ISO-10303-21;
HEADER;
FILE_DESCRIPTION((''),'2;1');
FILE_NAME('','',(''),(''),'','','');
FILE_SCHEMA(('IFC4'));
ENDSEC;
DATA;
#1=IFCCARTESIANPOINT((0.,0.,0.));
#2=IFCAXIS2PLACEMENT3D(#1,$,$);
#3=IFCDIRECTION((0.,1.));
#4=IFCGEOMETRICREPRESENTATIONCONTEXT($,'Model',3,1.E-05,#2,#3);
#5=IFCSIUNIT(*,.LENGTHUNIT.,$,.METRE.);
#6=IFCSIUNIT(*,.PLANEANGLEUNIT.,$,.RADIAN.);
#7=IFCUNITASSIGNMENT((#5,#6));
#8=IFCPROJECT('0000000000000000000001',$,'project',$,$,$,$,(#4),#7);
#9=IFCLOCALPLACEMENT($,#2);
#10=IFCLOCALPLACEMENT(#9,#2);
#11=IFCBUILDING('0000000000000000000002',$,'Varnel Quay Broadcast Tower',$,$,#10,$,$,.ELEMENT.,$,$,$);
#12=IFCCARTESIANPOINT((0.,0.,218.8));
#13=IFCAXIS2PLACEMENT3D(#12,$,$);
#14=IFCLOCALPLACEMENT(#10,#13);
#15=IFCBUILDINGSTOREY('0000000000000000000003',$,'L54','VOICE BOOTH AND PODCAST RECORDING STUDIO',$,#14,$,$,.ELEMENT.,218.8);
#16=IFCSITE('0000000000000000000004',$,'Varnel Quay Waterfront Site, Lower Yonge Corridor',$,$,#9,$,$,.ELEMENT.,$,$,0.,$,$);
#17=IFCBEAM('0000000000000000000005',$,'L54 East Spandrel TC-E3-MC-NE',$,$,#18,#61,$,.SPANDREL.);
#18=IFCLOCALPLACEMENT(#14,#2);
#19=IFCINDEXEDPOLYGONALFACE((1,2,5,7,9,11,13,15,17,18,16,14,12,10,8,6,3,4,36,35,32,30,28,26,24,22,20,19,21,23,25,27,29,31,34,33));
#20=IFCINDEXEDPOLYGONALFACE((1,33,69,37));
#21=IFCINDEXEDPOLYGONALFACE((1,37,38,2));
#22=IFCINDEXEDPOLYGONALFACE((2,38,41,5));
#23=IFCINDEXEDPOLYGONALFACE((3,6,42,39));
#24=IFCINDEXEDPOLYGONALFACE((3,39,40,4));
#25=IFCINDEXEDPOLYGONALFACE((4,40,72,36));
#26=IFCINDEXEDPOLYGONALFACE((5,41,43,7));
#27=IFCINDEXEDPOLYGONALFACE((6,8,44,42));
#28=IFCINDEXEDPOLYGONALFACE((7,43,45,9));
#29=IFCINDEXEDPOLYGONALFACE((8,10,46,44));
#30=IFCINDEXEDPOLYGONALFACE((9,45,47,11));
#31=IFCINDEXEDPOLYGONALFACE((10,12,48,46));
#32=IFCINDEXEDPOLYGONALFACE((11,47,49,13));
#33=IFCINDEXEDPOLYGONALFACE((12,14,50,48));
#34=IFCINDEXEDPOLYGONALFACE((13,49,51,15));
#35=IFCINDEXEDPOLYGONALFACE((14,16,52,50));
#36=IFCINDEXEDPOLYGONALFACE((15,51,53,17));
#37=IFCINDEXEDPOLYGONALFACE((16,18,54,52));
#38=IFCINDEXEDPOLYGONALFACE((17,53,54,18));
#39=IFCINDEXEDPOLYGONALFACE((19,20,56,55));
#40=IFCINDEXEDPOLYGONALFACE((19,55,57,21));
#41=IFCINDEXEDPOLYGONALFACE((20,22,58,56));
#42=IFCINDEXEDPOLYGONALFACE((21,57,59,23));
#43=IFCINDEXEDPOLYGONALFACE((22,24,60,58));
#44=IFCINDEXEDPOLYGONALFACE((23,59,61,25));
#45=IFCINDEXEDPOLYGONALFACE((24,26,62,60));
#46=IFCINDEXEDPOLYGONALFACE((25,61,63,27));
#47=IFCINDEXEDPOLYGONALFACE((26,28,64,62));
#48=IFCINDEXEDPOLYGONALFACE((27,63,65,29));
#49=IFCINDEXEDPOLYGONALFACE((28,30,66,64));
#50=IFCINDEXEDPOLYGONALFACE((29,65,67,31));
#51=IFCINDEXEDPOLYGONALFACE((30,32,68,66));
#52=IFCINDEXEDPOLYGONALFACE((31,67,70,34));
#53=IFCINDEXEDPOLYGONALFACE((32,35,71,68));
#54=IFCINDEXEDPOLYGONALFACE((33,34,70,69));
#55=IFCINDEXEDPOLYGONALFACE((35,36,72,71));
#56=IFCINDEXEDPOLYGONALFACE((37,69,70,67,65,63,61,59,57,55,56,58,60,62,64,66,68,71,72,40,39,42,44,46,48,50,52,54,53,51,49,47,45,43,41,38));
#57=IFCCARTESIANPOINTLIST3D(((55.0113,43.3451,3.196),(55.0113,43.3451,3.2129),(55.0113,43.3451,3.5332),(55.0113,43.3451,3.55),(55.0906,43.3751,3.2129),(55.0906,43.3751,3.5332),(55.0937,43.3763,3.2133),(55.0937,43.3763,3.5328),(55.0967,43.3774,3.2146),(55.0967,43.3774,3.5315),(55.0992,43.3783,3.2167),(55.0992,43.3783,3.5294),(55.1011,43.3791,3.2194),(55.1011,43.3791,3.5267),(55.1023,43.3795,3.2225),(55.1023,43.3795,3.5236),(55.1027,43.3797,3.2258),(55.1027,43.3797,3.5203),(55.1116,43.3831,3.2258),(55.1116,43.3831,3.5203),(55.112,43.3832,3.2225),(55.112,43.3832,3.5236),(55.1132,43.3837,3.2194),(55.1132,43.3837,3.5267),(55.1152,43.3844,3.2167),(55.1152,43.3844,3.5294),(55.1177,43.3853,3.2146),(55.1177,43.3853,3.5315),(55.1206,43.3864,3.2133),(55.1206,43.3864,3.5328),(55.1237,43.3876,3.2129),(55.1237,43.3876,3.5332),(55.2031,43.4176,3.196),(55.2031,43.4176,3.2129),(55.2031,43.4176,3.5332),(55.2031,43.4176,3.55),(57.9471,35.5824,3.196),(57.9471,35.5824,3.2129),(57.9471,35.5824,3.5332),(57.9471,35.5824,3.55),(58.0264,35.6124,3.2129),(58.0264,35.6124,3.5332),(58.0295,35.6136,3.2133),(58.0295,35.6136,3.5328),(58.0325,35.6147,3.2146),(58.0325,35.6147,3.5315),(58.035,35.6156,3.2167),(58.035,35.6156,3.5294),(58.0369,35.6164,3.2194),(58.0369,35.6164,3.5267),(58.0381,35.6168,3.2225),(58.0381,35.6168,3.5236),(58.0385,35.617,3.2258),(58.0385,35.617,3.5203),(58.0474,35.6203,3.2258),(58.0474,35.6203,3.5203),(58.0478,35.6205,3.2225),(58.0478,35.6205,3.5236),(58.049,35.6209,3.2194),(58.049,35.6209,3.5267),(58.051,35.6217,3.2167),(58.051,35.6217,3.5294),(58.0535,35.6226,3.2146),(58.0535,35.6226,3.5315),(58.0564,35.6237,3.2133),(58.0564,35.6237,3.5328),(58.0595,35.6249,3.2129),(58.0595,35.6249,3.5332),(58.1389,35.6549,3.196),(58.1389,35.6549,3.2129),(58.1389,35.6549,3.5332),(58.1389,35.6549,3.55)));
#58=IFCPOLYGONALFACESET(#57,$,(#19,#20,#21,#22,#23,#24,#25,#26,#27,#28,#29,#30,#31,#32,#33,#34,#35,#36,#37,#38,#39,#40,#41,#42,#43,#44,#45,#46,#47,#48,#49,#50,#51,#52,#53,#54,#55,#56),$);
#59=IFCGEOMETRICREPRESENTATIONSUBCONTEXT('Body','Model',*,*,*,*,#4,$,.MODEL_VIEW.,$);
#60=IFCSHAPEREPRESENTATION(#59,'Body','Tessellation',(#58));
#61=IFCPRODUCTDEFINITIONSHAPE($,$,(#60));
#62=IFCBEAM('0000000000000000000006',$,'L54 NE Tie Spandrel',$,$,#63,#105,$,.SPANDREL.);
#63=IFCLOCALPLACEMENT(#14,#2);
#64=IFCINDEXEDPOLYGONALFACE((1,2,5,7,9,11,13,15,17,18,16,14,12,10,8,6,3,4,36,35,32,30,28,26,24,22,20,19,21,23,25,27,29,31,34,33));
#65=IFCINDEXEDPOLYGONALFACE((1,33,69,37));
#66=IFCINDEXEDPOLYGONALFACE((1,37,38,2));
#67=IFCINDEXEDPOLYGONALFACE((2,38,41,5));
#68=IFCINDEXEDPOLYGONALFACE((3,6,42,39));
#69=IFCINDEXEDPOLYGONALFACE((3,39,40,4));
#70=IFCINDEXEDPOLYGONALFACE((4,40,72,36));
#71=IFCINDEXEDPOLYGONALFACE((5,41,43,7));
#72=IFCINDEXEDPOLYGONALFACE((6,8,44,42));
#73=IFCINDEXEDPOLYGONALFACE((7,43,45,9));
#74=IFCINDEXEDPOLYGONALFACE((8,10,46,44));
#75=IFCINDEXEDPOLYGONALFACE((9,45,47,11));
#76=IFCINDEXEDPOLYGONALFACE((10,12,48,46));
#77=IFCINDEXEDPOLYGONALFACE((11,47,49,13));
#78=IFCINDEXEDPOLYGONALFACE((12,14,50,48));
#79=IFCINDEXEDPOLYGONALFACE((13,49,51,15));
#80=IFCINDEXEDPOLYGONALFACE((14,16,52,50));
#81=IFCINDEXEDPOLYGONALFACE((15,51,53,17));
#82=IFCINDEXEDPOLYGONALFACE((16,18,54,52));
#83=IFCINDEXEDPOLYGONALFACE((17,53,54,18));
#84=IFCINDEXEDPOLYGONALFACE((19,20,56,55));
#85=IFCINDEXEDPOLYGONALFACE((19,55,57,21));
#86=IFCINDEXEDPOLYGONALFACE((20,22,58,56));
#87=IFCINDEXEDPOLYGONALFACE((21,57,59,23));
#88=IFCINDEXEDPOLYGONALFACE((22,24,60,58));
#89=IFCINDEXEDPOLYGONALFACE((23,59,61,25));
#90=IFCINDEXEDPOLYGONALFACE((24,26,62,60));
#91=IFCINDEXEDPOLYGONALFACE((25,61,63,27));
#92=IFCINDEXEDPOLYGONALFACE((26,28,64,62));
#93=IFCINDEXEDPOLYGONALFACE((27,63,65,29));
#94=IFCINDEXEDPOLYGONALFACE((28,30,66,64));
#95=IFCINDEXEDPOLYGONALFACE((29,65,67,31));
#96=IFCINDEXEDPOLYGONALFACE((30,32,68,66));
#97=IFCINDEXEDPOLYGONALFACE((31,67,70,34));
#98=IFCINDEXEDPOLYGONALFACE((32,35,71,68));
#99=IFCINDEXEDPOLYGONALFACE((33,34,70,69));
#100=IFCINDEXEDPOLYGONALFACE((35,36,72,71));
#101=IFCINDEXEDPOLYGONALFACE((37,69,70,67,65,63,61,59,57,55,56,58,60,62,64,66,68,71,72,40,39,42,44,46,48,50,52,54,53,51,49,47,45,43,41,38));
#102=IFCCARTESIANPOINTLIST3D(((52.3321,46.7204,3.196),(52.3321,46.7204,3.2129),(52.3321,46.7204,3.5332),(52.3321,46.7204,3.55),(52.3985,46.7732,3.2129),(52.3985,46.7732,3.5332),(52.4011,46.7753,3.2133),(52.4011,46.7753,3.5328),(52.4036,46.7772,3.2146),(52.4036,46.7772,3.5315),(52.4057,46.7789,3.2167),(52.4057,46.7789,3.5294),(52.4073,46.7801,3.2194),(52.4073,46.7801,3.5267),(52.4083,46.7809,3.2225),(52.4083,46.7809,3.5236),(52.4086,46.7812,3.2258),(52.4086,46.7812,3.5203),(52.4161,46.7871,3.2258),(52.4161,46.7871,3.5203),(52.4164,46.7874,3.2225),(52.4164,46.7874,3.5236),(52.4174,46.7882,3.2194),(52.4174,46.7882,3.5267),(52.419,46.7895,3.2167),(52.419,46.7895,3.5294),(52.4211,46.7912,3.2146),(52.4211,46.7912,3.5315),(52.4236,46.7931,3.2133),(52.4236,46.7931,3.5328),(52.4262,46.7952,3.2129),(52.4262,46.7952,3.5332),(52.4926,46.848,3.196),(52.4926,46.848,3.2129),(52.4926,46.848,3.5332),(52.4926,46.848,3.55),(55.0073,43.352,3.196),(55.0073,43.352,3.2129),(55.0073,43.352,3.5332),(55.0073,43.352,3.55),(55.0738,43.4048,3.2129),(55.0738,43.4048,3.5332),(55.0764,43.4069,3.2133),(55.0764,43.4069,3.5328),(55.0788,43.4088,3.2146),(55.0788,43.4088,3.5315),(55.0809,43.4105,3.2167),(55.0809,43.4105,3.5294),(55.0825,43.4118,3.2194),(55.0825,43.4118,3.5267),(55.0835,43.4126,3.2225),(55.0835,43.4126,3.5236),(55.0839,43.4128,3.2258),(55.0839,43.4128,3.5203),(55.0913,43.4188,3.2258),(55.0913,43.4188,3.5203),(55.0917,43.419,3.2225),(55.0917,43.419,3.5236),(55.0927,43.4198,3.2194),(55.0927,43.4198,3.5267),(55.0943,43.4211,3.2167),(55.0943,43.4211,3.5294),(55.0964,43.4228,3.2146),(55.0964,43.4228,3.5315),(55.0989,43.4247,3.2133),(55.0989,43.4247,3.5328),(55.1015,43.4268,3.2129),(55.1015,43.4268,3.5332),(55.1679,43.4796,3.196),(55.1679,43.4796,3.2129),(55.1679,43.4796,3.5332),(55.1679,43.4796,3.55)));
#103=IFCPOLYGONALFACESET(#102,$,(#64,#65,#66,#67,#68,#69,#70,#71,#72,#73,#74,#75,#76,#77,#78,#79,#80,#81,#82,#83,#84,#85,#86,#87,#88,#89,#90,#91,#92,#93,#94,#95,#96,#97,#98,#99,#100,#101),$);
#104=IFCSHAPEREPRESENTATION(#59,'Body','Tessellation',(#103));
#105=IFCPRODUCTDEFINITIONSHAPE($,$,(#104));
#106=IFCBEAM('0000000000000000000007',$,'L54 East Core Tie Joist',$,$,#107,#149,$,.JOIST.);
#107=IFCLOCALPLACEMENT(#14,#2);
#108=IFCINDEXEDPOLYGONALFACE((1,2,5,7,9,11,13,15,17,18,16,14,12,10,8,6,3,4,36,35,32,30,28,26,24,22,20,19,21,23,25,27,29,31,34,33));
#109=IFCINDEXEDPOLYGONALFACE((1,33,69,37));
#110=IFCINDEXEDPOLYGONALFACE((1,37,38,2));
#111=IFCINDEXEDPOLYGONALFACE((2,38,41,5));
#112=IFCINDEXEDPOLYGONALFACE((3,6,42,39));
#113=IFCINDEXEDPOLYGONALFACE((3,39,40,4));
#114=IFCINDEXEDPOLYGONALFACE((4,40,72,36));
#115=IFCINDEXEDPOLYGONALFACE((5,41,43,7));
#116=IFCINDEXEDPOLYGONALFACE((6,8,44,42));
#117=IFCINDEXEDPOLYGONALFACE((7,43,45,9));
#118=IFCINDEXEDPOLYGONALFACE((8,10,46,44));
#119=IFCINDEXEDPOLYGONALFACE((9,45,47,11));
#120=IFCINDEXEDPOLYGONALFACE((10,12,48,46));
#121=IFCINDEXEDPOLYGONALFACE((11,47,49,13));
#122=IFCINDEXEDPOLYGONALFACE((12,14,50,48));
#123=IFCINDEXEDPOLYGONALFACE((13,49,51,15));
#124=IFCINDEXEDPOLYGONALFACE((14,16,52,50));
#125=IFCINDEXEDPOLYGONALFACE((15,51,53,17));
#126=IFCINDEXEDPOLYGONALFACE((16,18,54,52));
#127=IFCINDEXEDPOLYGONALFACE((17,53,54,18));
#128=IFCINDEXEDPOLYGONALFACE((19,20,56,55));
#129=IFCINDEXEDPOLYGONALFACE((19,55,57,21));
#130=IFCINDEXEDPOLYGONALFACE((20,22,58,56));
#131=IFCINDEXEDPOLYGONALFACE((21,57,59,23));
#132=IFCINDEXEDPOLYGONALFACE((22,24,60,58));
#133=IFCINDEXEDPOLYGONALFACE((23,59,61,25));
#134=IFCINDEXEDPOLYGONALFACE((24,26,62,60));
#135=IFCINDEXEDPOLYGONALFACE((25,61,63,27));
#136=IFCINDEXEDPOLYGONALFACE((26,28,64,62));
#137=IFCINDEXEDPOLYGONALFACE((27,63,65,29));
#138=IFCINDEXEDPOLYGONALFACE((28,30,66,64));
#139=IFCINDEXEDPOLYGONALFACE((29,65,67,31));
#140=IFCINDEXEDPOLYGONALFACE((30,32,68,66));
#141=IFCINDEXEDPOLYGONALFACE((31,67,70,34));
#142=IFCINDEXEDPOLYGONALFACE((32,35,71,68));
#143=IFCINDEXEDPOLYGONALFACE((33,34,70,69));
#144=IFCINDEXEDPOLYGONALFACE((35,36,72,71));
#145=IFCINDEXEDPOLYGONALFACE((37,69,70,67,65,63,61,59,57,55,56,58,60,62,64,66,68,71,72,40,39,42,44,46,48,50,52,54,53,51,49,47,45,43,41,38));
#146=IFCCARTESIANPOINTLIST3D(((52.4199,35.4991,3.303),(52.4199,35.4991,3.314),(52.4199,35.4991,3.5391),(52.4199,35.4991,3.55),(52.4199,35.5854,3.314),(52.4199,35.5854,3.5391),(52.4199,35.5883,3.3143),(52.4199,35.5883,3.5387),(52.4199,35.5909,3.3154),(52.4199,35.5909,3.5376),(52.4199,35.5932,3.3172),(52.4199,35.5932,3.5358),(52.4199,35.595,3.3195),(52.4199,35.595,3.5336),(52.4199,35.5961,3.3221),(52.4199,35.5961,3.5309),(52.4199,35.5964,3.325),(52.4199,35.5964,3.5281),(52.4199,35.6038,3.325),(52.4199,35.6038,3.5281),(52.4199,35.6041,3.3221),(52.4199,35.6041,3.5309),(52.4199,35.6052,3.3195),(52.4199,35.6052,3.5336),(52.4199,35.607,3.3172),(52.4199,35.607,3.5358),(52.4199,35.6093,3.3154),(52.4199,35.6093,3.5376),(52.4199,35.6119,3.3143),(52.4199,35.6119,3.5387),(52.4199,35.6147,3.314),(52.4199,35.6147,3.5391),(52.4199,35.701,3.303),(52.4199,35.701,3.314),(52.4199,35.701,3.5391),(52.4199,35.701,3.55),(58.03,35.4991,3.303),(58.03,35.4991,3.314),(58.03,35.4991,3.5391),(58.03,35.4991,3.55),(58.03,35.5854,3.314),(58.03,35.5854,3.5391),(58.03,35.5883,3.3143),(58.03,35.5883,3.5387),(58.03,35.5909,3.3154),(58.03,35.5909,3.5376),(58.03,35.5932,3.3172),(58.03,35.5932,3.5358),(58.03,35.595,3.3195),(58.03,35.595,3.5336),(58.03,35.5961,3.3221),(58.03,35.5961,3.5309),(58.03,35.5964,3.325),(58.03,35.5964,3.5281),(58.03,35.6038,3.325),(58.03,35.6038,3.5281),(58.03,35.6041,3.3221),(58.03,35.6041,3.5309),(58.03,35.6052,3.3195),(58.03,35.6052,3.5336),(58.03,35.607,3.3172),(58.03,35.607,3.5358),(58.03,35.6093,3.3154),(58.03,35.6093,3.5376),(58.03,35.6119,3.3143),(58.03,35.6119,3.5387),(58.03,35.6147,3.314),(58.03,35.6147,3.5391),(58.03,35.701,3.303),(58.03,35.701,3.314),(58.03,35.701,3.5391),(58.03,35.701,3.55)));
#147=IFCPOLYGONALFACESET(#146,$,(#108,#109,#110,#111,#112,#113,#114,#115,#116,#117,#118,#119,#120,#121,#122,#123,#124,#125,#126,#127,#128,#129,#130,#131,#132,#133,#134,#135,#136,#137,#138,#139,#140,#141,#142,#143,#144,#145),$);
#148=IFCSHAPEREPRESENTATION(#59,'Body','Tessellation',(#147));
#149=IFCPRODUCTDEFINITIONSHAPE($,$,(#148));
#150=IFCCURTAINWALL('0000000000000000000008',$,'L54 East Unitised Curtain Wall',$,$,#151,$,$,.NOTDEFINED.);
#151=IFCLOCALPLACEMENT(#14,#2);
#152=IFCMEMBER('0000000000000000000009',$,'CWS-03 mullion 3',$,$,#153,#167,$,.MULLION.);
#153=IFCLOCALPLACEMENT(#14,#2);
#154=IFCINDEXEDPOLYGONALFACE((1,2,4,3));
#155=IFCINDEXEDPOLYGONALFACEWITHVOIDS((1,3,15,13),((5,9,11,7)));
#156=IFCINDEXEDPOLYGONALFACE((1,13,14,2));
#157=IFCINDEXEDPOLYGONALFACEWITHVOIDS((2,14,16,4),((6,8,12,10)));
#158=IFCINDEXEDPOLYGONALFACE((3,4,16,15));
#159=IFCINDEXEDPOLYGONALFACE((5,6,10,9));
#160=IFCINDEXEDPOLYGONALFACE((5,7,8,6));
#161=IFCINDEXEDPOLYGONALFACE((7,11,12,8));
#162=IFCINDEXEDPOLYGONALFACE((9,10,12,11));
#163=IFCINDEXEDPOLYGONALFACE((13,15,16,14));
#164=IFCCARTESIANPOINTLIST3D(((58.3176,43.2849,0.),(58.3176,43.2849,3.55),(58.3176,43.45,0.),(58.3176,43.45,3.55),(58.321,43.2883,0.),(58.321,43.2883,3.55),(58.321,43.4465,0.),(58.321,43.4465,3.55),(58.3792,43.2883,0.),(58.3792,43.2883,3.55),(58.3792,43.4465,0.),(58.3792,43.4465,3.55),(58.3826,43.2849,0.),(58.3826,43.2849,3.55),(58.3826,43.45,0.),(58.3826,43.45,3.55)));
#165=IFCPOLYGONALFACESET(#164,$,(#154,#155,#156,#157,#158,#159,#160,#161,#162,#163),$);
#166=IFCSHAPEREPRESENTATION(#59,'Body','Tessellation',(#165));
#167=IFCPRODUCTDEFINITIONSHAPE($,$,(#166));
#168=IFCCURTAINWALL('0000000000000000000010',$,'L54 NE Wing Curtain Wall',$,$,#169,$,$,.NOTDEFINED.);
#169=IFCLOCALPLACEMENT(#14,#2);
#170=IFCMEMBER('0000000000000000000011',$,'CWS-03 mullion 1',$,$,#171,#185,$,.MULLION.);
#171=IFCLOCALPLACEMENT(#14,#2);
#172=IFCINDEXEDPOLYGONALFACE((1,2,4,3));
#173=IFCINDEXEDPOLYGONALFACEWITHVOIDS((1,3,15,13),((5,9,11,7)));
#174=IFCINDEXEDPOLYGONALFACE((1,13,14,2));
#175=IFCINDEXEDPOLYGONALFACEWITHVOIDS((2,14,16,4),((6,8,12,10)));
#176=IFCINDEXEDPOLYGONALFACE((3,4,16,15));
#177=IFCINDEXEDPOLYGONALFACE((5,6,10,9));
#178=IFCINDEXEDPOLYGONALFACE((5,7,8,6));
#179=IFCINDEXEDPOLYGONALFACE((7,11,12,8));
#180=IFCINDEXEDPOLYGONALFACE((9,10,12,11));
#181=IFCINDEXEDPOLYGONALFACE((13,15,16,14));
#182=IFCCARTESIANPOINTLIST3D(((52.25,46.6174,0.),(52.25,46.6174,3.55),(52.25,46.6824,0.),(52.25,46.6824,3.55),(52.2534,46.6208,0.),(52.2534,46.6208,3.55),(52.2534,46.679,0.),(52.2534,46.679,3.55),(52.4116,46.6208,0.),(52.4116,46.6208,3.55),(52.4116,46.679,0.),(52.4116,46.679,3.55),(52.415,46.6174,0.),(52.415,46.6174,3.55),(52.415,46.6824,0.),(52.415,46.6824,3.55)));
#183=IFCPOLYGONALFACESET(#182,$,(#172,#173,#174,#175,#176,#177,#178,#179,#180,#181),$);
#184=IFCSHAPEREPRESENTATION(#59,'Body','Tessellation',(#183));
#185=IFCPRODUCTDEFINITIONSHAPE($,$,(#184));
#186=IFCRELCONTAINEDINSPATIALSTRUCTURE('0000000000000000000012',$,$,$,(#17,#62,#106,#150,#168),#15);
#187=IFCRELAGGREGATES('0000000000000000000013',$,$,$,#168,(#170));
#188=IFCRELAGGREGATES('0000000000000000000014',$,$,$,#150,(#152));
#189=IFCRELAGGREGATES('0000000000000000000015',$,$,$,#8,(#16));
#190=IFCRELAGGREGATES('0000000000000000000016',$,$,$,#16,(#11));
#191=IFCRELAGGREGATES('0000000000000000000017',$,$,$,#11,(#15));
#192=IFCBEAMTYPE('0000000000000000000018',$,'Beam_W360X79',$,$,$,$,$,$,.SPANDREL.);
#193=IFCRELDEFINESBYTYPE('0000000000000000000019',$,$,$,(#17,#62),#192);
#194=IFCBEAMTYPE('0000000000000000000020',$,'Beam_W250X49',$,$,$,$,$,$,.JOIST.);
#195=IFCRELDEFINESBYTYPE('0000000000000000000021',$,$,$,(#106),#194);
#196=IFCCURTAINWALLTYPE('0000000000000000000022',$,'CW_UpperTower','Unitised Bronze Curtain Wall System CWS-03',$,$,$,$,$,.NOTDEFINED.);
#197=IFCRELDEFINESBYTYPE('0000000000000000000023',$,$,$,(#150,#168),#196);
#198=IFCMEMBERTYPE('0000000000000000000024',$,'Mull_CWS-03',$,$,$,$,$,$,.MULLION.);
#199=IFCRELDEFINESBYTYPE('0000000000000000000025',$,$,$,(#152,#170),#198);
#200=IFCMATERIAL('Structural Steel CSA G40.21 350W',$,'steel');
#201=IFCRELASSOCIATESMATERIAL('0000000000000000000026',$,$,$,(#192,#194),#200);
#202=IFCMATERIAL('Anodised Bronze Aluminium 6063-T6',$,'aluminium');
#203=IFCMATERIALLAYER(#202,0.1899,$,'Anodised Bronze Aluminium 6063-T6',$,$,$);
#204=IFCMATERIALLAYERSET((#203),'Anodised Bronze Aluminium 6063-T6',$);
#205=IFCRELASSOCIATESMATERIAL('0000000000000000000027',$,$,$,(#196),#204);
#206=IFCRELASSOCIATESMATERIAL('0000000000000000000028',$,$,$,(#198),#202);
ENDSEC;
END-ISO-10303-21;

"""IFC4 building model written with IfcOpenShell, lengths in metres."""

from ifc_helpers import new_model, si_unit, direction, frame, origin, origin_2d, place, context, subcontext, project, spatial, hollow_rectangle, i_section, extrude, source, transform, mapped, material, layer, layer_set, material_profile, profile_set, type_object, type_shapes, element, aggregate, save


model = new_model("IFC4")

# Units and contexts
model_context = context("Model", 3, precision=1e-05, world=origin(), true_north=direction((0.0, 1.0)))
body_context = subcontext(model_context, "Body", "Model", "MODEL_VIEW")
ifc_project = project(units=[si_unit("LENGTHUNIT", "METRE"), si_unit("PLANEANGLEUNIT", "RADIAN")], contexts=[model_context])

# Site, building, storey
site_placement = place(None, origin())
site = spatial("IfcSite", under=ifc_project, at=site_placement, Name="Varnel Quay Waterfront Site, Lower Yonge Corridor", CompositionType="ELEMENT", RefElevation=0.0)
building_placement = place(site_placement, origin())
building = spatial("IfcBuilding", under=site, at=building_placement, Name="Varnel Quay Broadcast Tower", CompositionType="ELEMENT")
storey_placement = place(building_placement, frame((0.0, 0.0, 218.8)))
storey = spatial("IfcBuildingStorey", under=building, at=storey_placement, Name="L54", Description="VOICE BOOTH AND PODCAST RECORDING STUDIO", CompositionType="ELEMENT", Elevation=218.8)

# Shared definitions
ifc_material_1 = material(Name="Structural Steel CSA G40.21 350W", Category="steel")

# Beams
ifc_material_profile_1 = material_profile(ifc_material_1, i_section(OverallWidth=0.2051, OverallDepth=0.354, WebThickness=0.0095, FlangeThickness=0.0168, FilletRadius=0.0129, at=origin_2d()), Name="W360X79")
ifc_profile_set_1 = profile_set([ifc_material_profile_1], Name="Structural Steel CSA G40.21 350W")
beam_type_1 = type_object("IfcBeamType", Name="Beam_W360X79", PredefinedType="SPANDREL", material=ifc_profile_set_1)
shared_shape_1 = source(origin(), body_context, "Body", "SweptSolid", [
    extrude(i_section(OverallWidth=0.2051, OverallDepth=0.354, WebThickness=0.0095, FlangeThickness=0.0168, FilletRadius=0.0129, at=origin_2d()), origin(), (0.0, 0.0, 1.0), 8.2993),
])
beam_1_placement = place(storey_placement, frame((58.043, 35.6187, 3.373), z_axis=(-0.35374, 0.935344, 0.0), x_axis=(-0.935344, -0.35374, 0.0)))
element("IfcBeam", 1, at=beam_1_placement, inside=storey, type_object=beam_type_1, Name="L54 East Spandrel TC-E3-MC-NE", PredefinedType="SPANDREL", context=body_context, shape_type="MappedRepresentation", body=[
    mapped(shared_shape_1, transform((0.0, 0.0, 0.0), x_axis=(1.0, 0.0, 0.0), y_axis=(0.0, 1.0, 0.0), z_axis=(0.0, 0.0, 1.0), scale=1.0)),
])
shared_shape_2 = source(origin(), body_context, "Body", "SweptSolid", [
    extrude(i_section(OverallWidth=0.2051, OverallDepth=0.354, WebThickness=0.0095, FlangeThickness=0.0168, FilletRadius=0.0129, at=origin_2d()), origin(), (0.0, 0.0, 1.0), 4.3015),
])
type_shapes(beam_type_1, [shared_shape_1, shared_shape_2])
beam_2_placement = place(storey_placement, frame((52.4124, 46.7842, 3.373), z_axis=(0.621936, -0.783068, 0.0), x_axis=(0.783068, 0.621936, 0.0)))
element("IfcBeam", 2, at=beam_2_placement, inside=storey, type_object=beam_type_1, Name="L54 NE Tie Spandrel", PredefinedType="SPANDREL", context=body_context, shape_type="MappedRepresentation", body=[
    mapped(shared_shape_2, transform((0.0, 0.0, 0.0), x_axis=(1.0, 0.0, 0.0), y_axis=(0.0, 1.0, 0.0), z_axis=(0.0, 0.0, 1.0), scale=1.0)),
])
ifc_material_profile_2 = material_profile(ifc_material_1, i_section(OverallWidth=0.2019, OverallDepth=0.2471, WebThickness=0.0073, FlangeThickness=0.011, FilletRadius=0.011, at=origin_2d()), Name="W250X49")
ifc_profile_set_2 = profile_set([ifc_material_profile_2], Name="Structural Steel CSA G40.21 350W")
beam_type_2 = type_object("IfcBeamType", Name="Beam_W250X49", PredefinedType="JOIST", material=ifc_profile_set_2)
shared_shape_3 = source(origin(), body_context, "Body", "SweptSolid", [
    extrude(i_section(OverallWidth=0.2019, OverallDepth=0.2471, WebThickness=0.0073, FlangeThickness=0.011, FilletRadius=0.011, at=origin_2d()), origin(), (0.0, 0.0, 1.0), 5.6101),
])
type_shapes(beam_type_2, [shared_shape_3])
beam_3_placement = place(storey_placement, frame((52.4199, 35.6001, 3.4265), z_axis=(1.0, 0.0, 0.0), x_axis=(0.0, 1.0, 0.0)))
element("IfcBeam", 3, at=beam_3_placement, inside=storey, type_object=beam_type_2, Name="L54 East Core Tie Joist", PredefinedType="JOIST", context=body_context, shape_type="MappedRepresentation", body=[
    mapped(shared_shape_3, transform((0.0, 0.0, 0.0), x_axis=(1.0, 0.0, 0.0), y_axis=(0.0, 1.0, 0.0), z_axis=(0.0, 0.0, 1.0), scale=1.0)),
])

# Curtain wall, member
ifc_material_2 = material(Name="Anodised Bronze Aluminium 6063-T6", Category="aluminium")
ifc_layer_1 = layer(ifc_material_2, 0.1899, Name="Anodised Bronze Aluminium 6063-T6")
ifc_layer_set_1 = layer_set([ifc_layer_1], Name="Anodised Bronze Aluminium 6063-T6")
curtain_wall_type = type_object("IfcCurtainWallType", Name="CW_UpperTower", Description="Unitised Bronze Curtain Wall System CWS-03", PredefinedType="NOTDEFINED", material=ifc_layer_set_1)
curtain_wall_1_placement = place(storey_placement, origin())
curtain_wall_1 = element("IfcCurtainWall", 4, at=curtain_wall_1_placement, inside=storey, type_object=curtain_wall_type, Name="L54 East Unitised Curtain Wall", PredefinedType="NOTDEFINED")
ifc_material_profile_3 = material_profile(ifc_material_2, hollow_rectangle(XDim=0.0649, YDim=0.165, WallThickness=0.0034, at=origin_2d()), Name="ALU65X165X3.5")
ifc_profile_set_3 = profile_set([ifc_material_profile_3], Name="Anodised Bronze Aluminium 6063-T6")
member_type_1 = type_object("IfcMemberType", Name="Mull_CWS-03", PredefinedType="MULLION", material=ifc_profile_set_3)
shared_shape_4 = source(origin(), body_context, "Body", "SweptSolid", [
    extrude(hollow_rectangle(XDim=0.0649, YDim=0.165, WallThickness=0.0034, at=origin_2d()), origin(), (0.0, 0.0, 1.0), 3.55),
])
type_shapes(member_type_1, [shared_shape_4])
member_1_placement = place(storey_placement, frame((58.3501, 43.3674, 0.0), z_axis=(0.0, 0.0, 1.0), x_axis=(-1.0, 0.0, 0.0)))
member_1 = element("IfcMember", 5, at=member_1_placement, type_object=member_type_1, Name="CWS-03 mullion 3", PredefinedType="MULLION", context=body_context, shape_type="MappedRepresentation", body=[
    mapped(shared_shape_4, transform((0.0, 0.0, 0.0), x_axis=(1.0, 0.0, 0.0), y_axis=(0.0, 1.0, 0.0), z_axis=(0.0, 0.0, 1.0), scale=1.0)),
])

# Curtain wall, member
curtain_wall_2_placement = place(storey_placement, origin())
curtain_wall_2 = element("IfcCurtainWall", 6, at=curtain_wall_2_placement, inside=storey, type_object=curtain_wall_type, Name="L54 NE Wing Curtain Wall", PredefinedType="NOTDEFINED")
member_2_placement = place(storey_placement, frame((52.3325, 46.6499, 0.0), z_axis=(0.0, 0.0, 1.0), x_axis=(0.0, 1.0, 0.0)))
member_2 = element("IfcMember", 7, at=member_2_placement, type_object=member_type_1, Name="CWS-03 mullion 1", PredefinedType="MULLION", context=body_context, shape_type="MappedRepresentation", body=[
    mapped(shared_shape_4, transform((0.0, 0.0, 0.0), x_axis=(1.0, 0.0, 0.0), y_axis=(0.0, 1.0, 0.0), z_axis=(0.0, 0.0, 1.0), scale=1.0)),
])
aggregate(curtain_wall_2, [member_2])

aggregate(curtain_wall_1, [member_1])

save(model, "model.ifc")
